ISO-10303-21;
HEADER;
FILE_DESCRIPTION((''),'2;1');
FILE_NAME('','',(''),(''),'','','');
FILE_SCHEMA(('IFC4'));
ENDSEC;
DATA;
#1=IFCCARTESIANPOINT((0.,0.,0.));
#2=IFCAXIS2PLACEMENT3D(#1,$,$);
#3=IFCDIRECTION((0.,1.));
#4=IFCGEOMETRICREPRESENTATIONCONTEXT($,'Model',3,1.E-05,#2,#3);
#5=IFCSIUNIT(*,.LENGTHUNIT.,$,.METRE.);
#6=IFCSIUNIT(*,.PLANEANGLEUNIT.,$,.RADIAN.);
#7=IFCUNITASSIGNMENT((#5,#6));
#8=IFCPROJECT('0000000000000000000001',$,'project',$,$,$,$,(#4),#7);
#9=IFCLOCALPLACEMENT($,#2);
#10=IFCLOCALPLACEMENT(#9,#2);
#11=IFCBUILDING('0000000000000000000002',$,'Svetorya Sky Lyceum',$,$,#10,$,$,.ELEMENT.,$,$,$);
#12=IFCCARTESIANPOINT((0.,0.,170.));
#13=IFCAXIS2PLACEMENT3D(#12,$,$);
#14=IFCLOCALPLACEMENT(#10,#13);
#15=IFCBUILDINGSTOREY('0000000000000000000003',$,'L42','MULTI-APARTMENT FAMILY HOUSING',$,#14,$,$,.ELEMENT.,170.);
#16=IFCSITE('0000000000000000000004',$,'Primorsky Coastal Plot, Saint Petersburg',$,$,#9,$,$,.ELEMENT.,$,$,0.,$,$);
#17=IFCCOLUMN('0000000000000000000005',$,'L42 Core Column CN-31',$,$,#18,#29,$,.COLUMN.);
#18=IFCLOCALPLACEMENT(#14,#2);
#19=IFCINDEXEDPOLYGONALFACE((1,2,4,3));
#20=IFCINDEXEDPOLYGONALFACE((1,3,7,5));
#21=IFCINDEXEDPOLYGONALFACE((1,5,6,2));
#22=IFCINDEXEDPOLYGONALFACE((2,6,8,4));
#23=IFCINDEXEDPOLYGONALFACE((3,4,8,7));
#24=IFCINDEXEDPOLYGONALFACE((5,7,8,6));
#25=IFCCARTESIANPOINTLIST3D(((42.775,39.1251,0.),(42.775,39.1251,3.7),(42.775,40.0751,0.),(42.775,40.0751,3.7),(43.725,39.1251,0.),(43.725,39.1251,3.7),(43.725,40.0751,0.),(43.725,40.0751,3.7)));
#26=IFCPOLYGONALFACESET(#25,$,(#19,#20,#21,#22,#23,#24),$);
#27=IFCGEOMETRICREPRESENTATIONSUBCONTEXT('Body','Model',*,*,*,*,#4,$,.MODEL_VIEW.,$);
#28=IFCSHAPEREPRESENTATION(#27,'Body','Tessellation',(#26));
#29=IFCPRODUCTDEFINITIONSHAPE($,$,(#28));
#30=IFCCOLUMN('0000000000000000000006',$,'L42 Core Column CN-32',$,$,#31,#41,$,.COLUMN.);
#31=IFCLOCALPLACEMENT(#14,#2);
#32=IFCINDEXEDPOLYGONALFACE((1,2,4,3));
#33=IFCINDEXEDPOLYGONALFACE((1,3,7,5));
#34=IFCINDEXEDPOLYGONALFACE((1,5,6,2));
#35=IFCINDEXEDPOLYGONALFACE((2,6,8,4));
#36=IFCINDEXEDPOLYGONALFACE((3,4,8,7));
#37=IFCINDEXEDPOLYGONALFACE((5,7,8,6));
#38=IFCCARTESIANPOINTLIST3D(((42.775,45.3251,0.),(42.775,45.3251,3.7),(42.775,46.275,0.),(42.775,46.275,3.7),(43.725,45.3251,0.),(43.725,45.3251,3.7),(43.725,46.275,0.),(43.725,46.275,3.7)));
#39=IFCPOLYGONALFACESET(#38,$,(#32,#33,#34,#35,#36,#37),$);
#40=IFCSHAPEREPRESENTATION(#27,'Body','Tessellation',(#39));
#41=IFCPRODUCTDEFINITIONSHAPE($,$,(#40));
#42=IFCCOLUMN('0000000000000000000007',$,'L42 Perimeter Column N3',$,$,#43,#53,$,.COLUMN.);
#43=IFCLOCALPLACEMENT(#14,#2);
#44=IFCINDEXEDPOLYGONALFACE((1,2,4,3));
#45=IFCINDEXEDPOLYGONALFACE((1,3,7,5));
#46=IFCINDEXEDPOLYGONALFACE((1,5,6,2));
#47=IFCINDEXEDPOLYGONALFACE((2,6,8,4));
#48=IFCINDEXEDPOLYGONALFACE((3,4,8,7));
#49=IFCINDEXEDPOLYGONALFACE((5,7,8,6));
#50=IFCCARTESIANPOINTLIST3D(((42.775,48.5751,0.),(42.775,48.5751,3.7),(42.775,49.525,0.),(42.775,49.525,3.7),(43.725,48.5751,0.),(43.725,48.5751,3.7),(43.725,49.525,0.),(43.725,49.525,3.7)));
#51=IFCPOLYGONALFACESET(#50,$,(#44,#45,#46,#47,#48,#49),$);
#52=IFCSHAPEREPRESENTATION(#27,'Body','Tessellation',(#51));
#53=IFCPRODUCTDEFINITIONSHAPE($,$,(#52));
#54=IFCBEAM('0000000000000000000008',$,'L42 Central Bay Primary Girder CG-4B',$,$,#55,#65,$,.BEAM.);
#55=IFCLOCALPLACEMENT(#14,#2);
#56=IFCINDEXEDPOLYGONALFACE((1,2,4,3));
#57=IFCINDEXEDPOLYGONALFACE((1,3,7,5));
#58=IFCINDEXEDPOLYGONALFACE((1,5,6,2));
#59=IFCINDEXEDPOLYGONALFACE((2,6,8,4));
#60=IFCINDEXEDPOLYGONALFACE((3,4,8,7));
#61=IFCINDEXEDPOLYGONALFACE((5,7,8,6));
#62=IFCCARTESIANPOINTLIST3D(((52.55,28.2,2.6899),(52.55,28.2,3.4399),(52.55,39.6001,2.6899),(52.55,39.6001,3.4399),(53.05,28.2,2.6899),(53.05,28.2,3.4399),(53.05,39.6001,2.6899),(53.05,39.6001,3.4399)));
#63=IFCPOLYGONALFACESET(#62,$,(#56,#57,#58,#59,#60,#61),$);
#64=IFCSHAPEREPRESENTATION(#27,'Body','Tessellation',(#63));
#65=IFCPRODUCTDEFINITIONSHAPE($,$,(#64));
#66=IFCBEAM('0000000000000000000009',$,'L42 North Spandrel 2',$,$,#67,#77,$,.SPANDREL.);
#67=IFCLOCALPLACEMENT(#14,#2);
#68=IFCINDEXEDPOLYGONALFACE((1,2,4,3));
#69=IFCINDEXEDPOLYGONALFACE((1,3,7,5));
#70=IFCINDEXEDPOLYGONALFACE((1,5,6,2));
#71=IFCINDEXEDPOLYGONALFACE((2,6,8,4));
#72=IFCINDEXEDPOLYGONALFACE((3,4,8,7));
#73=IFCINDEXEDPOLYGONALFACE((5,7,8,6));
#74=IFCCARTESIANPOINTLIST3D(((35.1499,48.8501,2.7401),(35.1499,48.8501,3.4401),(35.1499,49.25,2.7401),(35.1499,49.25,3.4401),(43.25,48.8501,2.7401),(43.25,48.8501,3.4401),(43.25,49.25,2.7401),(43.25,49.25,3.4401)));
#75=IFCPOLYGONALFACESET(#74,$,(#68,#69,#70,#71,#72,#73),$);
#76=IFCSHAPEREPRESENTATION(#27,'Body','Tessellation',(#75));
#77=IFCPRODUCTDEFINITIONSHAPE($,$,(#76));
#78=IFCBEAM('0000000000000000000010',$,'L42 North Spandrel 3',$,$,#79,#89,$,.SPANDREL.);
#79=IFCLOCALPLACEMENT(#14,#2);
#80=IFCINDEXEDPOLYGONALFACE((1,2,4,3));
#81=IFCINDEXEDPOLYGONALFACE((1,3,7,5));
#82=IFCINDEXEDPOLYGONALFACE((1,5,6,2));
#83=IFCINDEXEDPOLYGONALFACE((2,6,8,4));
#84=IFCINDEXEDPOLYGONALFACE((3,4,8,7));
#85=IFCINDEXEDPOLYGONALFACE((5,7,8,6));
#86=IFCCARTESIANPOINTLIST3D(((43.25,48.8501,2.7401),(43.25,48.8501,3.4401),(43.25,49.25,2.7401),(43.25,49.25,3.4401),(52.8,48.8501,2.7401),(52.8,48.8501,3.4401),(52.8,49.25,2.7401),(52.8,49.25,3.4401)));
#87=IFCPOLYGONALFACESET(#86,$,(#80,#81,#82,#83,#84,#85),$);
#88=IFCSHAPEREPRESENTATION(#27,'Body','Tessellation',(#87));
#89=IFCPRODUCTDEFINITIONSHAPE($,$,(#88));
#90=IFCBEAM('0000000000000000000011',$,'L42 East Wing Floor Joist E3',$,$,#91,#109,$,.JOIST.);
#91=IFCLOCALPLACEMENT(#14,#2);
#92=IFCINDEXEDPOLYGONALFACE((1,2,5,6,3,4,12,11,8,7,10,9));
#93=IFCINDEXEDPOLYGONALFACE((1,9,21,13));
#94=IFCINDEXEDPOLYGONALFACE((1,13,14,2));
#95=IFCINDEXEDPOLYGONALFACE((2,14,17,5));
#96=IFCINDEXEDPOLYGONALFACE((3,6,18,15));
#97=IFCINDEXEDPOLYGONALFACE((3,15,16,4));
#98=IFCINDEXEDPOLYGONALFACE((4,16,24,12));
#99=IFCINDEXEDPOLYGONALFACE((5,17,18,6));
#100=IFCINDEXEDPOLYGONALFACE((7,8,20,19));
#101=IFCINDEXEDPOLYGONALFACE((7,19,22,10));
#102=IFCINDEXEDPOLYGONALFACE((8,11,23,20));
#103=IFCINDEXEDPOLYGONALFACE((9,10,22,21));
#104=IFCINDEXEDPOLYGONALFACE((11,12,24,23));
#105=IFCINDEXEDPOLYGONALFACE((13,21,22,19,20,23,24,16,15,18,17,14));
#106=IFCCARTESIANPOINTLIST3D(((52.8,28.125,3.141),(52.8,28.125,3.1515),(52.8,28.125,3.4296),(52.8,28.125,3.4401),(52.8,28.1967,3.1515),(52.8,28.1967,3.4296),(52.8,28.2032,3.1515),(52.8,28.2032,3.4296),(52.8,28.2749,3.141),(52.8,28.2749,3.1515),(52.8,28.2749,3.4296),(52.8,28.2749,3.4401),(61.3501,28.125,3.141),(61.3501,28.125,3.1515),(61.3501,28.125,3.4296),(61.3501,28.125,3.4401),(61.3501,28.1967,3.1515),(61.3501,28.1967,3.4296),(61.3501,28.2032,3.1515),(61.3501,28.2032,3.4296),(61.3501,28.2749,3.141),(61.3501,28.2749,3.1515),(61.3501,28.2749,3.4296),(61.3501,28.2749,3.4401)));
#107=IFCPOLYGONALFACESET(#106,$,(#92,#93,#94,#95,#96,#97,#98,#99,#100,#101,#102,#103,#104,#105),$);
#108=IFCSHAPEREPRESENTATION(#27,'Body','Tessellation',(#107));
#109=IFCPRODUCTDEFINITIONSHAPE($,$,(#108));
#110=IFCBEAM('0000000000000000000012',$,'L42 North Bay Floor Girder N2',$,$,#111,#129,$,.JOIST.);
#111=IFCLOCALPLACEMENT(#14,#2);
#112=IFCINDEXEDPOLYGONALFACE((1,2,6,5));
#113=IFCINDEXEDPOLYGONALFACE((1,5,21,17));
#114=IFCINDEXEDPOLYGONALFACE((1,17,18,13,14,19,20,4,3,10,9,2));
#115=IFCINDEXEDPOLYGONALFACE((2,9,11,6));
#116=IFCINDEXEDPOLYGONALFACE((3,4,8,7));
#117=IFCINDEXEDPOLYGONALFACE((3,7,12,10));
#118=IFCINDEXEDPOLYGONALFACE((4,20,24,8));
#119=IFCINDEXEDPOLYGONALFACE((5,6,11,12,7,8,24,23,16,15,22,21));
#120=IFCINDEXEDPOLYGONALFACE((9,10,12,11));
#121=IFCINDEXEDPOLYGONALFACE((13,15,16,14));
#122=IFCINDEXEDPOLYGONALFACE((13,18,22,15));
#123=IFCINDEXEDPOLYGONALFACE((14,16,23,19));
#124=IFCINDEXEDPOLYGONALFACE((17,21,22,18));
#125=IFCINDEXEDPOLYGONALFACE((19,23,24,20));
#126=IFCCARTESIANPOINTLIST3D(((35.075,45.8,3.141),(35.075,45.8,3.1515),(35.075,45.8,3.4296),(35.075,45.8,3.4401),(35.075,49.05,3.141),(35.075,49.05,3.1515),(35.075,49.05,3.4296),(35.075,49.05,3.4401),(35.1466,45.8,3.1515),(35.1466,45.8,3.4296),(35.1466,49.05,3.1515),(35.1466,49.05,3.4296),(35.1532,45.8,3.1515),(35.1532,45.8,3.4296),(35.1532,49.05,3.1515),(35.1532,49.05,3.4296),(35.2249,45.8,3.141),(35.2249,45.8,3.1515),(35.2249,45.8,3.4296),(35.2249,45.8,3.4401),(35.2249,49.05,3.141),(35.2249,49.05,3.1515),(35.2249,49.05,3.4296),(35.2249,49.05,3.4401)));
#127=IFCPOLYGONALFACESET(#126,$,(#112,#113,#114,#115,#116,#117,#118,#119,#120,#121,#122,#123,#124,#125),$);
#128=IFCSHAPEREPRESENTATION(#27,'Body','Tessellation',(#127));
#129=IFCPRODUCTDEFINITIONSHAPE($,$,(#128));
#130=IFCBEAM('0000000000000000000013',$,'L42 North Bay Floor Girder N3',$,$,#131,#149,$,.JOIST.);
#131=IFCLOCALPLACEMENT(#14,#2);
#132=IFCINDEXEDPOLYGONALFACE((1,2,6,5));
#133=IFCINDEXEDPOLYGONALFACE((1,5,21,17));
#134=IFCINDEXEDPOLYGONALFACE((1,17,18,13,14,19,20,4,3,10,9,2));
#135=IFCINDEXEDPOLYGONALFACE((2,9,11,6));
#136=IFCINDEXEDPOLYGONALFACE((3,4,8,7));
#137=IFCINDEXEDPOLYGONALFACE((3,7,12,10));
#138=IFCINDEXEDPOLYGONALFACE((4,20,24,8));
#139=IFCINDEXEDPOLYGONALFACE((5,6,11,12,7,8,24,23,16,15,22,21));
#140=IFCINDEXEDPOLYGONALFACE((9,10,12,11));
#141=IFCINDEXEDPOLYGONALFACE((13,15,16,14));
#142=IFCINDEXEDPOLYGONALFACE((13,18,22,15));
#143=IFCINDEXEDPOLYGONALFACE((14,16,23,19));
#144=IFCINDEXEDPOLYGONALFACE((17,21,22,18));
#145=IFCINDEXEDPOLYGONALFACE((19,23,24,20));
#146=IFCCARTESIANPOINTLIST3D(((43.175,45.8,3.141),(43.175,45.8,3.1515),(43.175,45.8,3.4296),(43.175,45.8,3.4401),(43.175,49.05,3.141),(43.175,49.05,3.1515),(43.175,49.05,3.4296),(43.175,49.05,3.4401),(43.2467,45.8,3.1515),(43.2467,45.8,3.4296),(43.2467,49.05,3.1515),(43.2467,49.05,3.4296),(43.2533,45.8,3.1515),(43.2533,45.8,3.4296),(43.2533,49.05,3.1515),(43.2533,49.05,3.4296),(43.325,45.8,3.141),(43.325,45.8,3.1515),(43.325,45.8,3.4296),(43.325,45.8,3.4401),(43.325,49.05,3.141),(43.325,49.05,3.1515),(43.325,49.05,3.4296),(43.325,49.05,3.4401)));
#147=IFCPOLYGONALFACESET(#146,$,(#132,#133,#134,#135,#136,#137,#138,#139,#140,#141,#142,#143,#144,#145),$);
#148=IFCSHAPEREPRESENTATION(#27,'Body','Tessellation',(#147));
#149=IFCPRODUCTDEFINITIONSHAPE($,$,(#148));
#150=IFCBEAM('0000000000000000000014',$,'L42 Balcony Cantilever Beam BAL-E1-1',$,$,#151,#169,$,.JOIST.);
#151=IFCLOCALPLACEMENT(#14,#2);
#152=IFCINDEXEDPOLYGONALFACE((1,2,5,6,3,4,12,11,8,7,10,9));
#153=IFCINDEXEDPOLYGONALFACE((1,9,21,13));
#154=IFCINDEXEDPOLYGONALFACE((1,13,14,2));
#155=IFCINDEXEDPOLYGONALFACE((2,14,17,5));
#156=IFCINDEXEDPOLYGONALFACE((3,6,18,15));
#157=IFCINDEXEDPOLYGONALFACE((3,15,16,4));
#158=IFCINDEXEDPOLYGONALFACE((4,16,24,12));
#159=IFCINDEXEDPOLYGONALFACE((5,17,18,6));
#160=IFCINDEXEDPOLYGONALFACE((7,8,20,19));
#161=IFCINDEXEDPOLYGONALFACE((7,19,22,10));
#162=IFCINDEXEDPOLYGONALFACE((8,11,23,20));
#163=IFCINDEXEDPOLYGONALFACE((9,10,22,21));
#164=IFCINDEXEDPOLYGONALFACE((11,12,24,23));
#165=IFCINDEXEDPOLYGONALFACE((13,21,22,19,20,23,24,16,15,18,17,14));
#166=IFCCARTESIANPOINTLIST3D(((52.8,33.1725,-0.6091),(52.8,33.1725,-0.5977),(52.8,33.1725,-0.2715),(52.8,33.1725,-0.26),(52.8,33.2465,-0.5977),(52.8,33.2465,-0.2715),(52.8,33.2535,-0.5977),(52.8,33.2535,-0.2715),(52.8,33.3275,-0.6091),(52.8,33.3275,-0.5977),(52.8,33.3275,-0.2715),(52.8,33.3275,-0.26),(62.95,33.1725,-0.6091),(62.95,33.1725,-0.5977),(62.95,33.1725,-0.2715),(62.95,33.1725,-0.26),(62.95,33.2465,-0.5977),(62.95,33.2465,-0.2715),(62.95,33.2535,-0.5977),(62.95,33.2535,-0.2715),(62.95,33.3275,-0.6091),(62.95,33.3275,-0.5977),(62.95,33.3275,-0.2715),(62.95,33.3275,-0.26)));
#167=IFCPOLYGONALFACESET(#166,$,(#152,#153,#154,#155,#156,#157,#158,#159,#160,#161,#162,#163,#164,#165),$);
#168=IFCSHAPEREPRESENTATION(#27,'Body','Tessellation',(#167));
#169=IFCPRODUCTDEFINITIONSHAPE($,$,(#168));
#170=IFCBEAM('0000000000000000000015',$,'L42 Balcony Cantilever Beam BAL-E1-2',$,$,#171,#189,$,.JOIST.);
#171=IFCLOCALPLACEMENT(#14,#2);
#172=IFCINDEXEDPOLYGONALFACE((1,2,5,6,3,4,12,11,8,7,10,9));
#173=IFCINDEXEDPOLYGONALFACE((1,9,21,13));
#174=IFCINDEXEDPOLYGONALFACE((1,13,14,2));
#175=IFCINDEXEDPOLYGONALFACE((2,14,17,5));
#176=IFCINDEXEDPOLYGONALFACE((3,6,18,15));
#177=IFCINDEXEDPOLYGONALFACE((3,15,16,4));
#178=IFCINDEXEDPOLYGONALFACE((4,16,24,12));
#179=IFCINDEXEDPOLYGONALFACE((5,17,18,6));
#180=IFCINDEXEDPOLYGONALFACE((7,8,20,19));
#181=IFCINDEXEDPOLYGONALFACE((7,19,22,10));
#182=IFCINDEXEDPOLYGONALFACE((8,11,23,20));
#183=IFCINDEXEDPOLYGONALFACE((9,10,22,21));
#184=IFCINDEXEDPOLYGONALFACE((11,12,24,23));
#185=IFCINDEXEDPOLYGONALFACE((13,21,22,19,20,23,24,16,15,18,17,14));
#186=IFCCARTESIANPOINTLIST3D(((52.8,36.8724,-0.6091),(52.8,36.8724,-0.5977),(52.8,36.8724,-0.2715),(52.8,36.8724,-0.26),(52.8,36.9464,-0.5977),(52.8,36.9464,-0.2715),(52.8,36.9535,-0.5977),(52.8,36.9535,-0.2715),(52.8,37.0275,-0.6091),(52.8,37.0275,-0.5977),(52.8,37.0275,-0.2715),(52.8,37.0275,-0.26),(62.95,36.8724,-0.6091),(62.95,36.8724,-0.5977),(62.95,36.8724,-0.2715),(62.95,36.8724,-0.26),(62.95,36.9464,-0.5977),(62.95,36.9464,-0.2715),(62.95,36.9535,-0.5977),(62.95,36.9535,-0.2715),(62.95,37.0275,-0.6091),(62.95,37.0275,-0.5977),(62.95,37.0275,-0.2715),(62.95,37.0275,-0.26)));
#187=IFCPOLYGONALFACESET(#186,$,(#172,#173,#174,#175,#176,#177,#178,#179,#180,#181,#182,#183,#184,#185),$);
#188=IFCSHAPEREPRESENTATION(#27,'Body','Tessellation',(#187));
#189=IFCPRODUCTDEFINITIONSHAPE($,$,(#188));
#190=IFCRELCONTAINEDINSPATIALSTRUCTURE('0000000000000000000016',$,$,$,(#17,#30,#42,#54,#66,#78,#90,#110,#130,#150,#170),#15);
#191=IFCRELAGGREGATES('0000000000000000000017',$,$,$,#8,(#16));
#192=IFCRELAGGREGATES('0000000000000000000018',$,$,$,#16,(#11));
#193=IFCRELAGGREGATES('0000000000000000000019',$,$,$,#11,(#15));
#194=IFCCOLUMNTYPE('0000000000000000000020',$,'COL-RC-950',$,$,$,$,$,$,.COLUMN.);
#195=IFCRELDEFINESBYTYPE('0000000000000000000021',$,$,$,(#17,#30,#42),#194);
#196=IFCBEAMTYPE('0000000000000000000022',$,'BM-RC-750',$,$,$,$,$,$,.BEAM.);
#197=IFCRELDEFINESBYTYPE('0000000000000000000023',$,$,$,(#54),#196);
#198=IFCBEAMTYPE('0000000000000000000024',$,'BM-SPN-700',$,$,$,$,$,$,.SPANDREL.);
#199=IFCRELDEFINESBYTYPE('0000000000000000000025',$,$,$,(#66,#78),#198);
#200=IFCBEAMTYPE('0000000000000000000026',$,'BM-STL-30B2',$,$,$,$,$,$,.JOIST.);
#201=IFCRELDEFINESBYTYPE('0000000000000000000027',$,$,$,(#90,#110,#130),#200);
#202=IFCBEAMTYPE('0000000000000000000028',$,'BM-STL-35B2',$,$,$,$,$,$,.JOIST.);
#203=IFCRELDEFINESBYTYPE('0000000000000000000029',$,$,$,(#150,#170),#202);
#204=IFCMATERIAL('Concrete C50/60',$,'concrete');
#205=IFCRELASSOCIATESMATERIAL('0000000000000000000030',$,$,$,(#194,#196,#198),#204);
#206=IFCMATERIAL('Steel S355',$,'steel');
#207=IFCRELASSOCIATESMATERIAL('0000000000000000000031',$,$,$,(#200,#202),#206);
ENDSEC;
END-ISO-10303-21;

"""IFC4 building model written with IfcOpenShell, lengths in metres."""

from ifc_helpers import new_model, si_unit, direction, frame, origin, origin_2d, place, context, subcontext, project, spatial, rectangle, i_section, extrude, material, material_profile, profile_set, type_object, element, save


model = new_model("IFC4")

# Units and contexts
model_context = context("Model", 3, precision=1e-05, world=origin(), true_north=direction((0.0, 1.0)))
body_context = subcontext(model_context, "Body", "Model", "MODEL_VIEW")
ifc_project = project(units=[si_unit("LENGTHUNIT", "METRE"), si_unit("PLANEANGLEUNIT", "RADIAN")], contexts=[model_context])

# Site, building, storey
site_placement = place(None, origin())
site = spatial("IfcSite", under=ifc_project, at=site_placement, Name="Primorsky Coastal Plot, Saint Petersburg", CompositionType="ELEMENT", RefElevation=0.0)
building_placement = place(site_placement, origin())
building = spatial("IfcBuilding", under=site, at=building_placement, Name="Svetorya Sky Lyceum", CompositionType="ELEMENT")
storey_placement = place(building_placement, frame((0.0, 0.0, 170.0)))
storey = spatial("IfcBuildingStorey", under=building, at=storey_placement, Name="L42", Description="MULTI-APARTMENT FAMILY HOUSING", CompositionType="ELEMENT", Elevation=170.0)

# Columns
ifc_material_1 = material(Name="Concrete C50/60", Category="concrete")
ifc_material_profile_1 = material_profile(ifc_material_1, rectangle(XDim=0.95, YDim=0.95, at=origin_2d()), Name="RC COL 950x950")
ifc_profile_set_1 = profile_set([ifc_material_profile_1], Name="Concrete C50/60")
column_type = type_object("IfcColumnType", Name="COL-RC-950", PredefinedType="COLUMN", material=ifc_profile_set_1)
for number, where, z_axis, x_axis, name in (
    (1, (43.25, 39.6001, 0.0), (0.0, 0.0, 1.0), (1.0, 0.0, 0.0), "L42 Core Column CN-31"),
    (2, (43.25, 45.8, 0.0), (0.0, 0.0, 1.0), (1.0, 0.0, 0.0), "L42 Core Column CN-32"),
    (3, (43.25, 49.05, 0.0), (0.0, 0.0, 1.0), (1.0, 0.0, 0.0), "L42 Perimeter Column N3"),
):
    element("IfcColumn", number, at=place(storey_placement, frame(where, z_axis=z_axis, x_axis=x_axis)), inside=storey, type_object=column_type, Name=name, PredefinedType="COLUMN", context=body_context, shape_type="SweptSolid", body=[
        extrude(rectangle(XDim=0.95, YDim=0.95, at=origin_2d()), origin(), (0.0, 0.0, 1.0), 3.7),
    ])

# Beams
ifc_material_profile_2 = material_profile(ifc_material_1, rectangle(XDim=0.5, YDim=0.75, at=origin_2d()), Name="RC BEAM 500x750")
ifc_profile_set_2 = profile_set([ifc_material_profile_2], Name="Concrete C50/60")
beam_type_1 = type_object("IfcBeamType", Name="BM-RC-750", PredefinedType="BEAM", material=ifc_profile_set_2)
beam_1_placement = place(storey_placement, frame((52.8, 28.2, 3.0649), z_axis=(0.0, 1.0, 0.0), x_axis=(-1.0, 0.0, 0.0)))
element("IfcBeam", 4, at=beam_1_placement, inside=storey, type_object=beam_type_1, Name="L42 Central Bay Primary Girder CG-4B", PredefinedType="BEAM", context=body_context, shape_type="SweptSolid", body=[
    extrude(rectangle(XDim=0.5, YDim=0.75, at=origin_2d()), origin(), (0.0, 0.0, 1.0), 11.4001),
])
ifc_material_profile_3 = material_profile(ifc_material_1, rectangle(XDim=0.3999, YDim=0.7, at=origin_2d()), Name="RC SPANDREL 400x700")
ifc_profile_set_3 = profile_set([ifc_material_profile_3], Name="Concrete C50/60")
beam_type_2 = type_object("IfcBeamType", Name="BM-SPN-700", PredefinedType="SPANDREL", material=ifc_profile_set_3)
beam_2_placement = place(storey_placement, frame((35.1499, 49.05, 3.0901), z_axis=(1.0, 0.0, 0.0), x_axis=(0.0, 1.0, 0.0)))
element("IfcBeam", 5, at=beam_2_placement, inside=storey, type_object=beam_type_2, Name="L42 North Spandrel 2", PredefinedType="SPANDREL", context=body_context, shape_type="SweptSolid", body=[
    extrude(rectangle(XDim=0.3999, YDim=0.7, at=origin_2d()), origin(), (0.0, 0.0, 1.0), 8.1001),
])
beam_3_placement = place(storey_placement, frame((43.25, 49.05, 3.0901), z_axis=(1.0, 0.0, 0.0), x_axis=(0.0, 1.0, 0.0)))
element("IfcBeam", 6, at=beam_3_placement, inside=storey, type_object=beam_type_2, Name="L42 North Spandrel 3", PredefinedType="SPANDREL", context=body_context, shape_type="SweptSolid", body=[
    extrude(rectangle(XDim=0.3999, YDim=0.7, at=origin_2d()), origin(), (0.0, 0.0, 1.0), 9.55),
])
ifc_material_2 = material(Name="Steel S355", Category="steel")
ifc_material_profile_4 = material_profile(ifc_material_2, i_section(OverallWidth=0.1499, OverallDepth=0.2991, WebThickness=0.0066, FlangeThickness=0.0105, at=origin_2d()), Name="GOST 30B2")
ifc_profile_set_4 = profile_set([ifc_material_profile_4], Name="Steel S355")
beam_type_3 = type_object("IfcBeamType", Name="BM-STL-30B2", PredefinedType="JOIST", material=ifc_profile_set_4)
beam_4_placement = place(storey_placement, frame((52.8, 28.2, 3.2905), z_axis=(1.0, 0.0, 0.0), x_axis=(0.0, 1.0, 0.0)))
element("IfcBeam", 7, at=beam_4_placement, inside=storey, type_object=beam_type_3, Name="L42 East Wing Floor Joist E3", PredefinedType="JOIST", context=body_context, shape_type="SweptSolid", body=[
    extrude(i_section(OverallWidth=0.1499, OverallDepth=0.2991, WebThickness=0.0066, FlangeThickness=0.0105, at=origin_2d()), origin(), (0.0, 0.0, 1.0), 8.55),
])
for number, where, z_axis, x_axis, name in (
    (8, (35.1499, 45.8, 3.2905), (0.0, 1.0, 0.0), (-1.0, 0.0, 0.0), "L42 North Bay Floor Girder N2"),
    (9, (43.25, 45.8, 3.2905), (0.0, 1.0, 0.0), (-1.0, 0.0, 0.0), "L42 North Bay Floor Girder N3"),
):
    element("IfcBeam", number, at=place(storey_placement, frame(where, z_axis=z_axis, x_axis=x_axis)), inside=storey, type_object=beam_type_3, Name=name, PredefinedType="JOIST", context=body_context, shape_type="SweptSolid", body=[
        extrude(i_section(OverallWidth=0.1499, OverallDepth=0.2991, WebThickness=0.0066, FlangeThickness=0.0105, at=origin_2d()), origin(), (0.0, 0.0, 1.0), 3.25),
    ])
ifc_material_profile_5 = material_profile(ifc_material_2, i_section(OverallWidth=0.155, OverallDepth=0.3491, WebThickness=0.0071, FlangeThickness=0.0115, at=origin_2d()), Name="GOST 35B2")
ifc_profile_set_5 = profile_set([ifc_material_profile_5], Name="Steel S355")
beam_type_4 = type_object("IfcBeamType", Name="BM-STL-35B2", PredefinedType="JOIST", material=ifc_profile_set_5)
for number, where, z_axis, x_axis, name in (
    (10, (52.8, 33.25, -0.4346), (1.0, 0.0, 0.0), (0.0, 1.0, 0.0), "L42 Balcony Cantilever Beam BAL-E1-1"),
    (11, (52.8, 36.95, -0.4346), (1.0, 0.0, 0.0), (0.0, 1.0, 0.0), "L42 Balcony Cantilever Beam BAL-E1-2"),
):
    element("IfcBeam", number, at=place(storey_placement, frame(where, z_axis=z_axis, x_axis=x_axis)), inside=storey, type_object=beam_type_4, Name=name, PredefinedType="JOIST", context=body_context, shape_type="SweptSolid", body=[
        extrude(i_section(OverallWidth=0.155, OverallDepth=0.3491, WebThickness=0.0071, FlangeThickness=0.0115, at=origin_2d()), origin(), (0.0, 0.0, 1.0), 10.1499),
    ])

save(model, "model.ifc")
